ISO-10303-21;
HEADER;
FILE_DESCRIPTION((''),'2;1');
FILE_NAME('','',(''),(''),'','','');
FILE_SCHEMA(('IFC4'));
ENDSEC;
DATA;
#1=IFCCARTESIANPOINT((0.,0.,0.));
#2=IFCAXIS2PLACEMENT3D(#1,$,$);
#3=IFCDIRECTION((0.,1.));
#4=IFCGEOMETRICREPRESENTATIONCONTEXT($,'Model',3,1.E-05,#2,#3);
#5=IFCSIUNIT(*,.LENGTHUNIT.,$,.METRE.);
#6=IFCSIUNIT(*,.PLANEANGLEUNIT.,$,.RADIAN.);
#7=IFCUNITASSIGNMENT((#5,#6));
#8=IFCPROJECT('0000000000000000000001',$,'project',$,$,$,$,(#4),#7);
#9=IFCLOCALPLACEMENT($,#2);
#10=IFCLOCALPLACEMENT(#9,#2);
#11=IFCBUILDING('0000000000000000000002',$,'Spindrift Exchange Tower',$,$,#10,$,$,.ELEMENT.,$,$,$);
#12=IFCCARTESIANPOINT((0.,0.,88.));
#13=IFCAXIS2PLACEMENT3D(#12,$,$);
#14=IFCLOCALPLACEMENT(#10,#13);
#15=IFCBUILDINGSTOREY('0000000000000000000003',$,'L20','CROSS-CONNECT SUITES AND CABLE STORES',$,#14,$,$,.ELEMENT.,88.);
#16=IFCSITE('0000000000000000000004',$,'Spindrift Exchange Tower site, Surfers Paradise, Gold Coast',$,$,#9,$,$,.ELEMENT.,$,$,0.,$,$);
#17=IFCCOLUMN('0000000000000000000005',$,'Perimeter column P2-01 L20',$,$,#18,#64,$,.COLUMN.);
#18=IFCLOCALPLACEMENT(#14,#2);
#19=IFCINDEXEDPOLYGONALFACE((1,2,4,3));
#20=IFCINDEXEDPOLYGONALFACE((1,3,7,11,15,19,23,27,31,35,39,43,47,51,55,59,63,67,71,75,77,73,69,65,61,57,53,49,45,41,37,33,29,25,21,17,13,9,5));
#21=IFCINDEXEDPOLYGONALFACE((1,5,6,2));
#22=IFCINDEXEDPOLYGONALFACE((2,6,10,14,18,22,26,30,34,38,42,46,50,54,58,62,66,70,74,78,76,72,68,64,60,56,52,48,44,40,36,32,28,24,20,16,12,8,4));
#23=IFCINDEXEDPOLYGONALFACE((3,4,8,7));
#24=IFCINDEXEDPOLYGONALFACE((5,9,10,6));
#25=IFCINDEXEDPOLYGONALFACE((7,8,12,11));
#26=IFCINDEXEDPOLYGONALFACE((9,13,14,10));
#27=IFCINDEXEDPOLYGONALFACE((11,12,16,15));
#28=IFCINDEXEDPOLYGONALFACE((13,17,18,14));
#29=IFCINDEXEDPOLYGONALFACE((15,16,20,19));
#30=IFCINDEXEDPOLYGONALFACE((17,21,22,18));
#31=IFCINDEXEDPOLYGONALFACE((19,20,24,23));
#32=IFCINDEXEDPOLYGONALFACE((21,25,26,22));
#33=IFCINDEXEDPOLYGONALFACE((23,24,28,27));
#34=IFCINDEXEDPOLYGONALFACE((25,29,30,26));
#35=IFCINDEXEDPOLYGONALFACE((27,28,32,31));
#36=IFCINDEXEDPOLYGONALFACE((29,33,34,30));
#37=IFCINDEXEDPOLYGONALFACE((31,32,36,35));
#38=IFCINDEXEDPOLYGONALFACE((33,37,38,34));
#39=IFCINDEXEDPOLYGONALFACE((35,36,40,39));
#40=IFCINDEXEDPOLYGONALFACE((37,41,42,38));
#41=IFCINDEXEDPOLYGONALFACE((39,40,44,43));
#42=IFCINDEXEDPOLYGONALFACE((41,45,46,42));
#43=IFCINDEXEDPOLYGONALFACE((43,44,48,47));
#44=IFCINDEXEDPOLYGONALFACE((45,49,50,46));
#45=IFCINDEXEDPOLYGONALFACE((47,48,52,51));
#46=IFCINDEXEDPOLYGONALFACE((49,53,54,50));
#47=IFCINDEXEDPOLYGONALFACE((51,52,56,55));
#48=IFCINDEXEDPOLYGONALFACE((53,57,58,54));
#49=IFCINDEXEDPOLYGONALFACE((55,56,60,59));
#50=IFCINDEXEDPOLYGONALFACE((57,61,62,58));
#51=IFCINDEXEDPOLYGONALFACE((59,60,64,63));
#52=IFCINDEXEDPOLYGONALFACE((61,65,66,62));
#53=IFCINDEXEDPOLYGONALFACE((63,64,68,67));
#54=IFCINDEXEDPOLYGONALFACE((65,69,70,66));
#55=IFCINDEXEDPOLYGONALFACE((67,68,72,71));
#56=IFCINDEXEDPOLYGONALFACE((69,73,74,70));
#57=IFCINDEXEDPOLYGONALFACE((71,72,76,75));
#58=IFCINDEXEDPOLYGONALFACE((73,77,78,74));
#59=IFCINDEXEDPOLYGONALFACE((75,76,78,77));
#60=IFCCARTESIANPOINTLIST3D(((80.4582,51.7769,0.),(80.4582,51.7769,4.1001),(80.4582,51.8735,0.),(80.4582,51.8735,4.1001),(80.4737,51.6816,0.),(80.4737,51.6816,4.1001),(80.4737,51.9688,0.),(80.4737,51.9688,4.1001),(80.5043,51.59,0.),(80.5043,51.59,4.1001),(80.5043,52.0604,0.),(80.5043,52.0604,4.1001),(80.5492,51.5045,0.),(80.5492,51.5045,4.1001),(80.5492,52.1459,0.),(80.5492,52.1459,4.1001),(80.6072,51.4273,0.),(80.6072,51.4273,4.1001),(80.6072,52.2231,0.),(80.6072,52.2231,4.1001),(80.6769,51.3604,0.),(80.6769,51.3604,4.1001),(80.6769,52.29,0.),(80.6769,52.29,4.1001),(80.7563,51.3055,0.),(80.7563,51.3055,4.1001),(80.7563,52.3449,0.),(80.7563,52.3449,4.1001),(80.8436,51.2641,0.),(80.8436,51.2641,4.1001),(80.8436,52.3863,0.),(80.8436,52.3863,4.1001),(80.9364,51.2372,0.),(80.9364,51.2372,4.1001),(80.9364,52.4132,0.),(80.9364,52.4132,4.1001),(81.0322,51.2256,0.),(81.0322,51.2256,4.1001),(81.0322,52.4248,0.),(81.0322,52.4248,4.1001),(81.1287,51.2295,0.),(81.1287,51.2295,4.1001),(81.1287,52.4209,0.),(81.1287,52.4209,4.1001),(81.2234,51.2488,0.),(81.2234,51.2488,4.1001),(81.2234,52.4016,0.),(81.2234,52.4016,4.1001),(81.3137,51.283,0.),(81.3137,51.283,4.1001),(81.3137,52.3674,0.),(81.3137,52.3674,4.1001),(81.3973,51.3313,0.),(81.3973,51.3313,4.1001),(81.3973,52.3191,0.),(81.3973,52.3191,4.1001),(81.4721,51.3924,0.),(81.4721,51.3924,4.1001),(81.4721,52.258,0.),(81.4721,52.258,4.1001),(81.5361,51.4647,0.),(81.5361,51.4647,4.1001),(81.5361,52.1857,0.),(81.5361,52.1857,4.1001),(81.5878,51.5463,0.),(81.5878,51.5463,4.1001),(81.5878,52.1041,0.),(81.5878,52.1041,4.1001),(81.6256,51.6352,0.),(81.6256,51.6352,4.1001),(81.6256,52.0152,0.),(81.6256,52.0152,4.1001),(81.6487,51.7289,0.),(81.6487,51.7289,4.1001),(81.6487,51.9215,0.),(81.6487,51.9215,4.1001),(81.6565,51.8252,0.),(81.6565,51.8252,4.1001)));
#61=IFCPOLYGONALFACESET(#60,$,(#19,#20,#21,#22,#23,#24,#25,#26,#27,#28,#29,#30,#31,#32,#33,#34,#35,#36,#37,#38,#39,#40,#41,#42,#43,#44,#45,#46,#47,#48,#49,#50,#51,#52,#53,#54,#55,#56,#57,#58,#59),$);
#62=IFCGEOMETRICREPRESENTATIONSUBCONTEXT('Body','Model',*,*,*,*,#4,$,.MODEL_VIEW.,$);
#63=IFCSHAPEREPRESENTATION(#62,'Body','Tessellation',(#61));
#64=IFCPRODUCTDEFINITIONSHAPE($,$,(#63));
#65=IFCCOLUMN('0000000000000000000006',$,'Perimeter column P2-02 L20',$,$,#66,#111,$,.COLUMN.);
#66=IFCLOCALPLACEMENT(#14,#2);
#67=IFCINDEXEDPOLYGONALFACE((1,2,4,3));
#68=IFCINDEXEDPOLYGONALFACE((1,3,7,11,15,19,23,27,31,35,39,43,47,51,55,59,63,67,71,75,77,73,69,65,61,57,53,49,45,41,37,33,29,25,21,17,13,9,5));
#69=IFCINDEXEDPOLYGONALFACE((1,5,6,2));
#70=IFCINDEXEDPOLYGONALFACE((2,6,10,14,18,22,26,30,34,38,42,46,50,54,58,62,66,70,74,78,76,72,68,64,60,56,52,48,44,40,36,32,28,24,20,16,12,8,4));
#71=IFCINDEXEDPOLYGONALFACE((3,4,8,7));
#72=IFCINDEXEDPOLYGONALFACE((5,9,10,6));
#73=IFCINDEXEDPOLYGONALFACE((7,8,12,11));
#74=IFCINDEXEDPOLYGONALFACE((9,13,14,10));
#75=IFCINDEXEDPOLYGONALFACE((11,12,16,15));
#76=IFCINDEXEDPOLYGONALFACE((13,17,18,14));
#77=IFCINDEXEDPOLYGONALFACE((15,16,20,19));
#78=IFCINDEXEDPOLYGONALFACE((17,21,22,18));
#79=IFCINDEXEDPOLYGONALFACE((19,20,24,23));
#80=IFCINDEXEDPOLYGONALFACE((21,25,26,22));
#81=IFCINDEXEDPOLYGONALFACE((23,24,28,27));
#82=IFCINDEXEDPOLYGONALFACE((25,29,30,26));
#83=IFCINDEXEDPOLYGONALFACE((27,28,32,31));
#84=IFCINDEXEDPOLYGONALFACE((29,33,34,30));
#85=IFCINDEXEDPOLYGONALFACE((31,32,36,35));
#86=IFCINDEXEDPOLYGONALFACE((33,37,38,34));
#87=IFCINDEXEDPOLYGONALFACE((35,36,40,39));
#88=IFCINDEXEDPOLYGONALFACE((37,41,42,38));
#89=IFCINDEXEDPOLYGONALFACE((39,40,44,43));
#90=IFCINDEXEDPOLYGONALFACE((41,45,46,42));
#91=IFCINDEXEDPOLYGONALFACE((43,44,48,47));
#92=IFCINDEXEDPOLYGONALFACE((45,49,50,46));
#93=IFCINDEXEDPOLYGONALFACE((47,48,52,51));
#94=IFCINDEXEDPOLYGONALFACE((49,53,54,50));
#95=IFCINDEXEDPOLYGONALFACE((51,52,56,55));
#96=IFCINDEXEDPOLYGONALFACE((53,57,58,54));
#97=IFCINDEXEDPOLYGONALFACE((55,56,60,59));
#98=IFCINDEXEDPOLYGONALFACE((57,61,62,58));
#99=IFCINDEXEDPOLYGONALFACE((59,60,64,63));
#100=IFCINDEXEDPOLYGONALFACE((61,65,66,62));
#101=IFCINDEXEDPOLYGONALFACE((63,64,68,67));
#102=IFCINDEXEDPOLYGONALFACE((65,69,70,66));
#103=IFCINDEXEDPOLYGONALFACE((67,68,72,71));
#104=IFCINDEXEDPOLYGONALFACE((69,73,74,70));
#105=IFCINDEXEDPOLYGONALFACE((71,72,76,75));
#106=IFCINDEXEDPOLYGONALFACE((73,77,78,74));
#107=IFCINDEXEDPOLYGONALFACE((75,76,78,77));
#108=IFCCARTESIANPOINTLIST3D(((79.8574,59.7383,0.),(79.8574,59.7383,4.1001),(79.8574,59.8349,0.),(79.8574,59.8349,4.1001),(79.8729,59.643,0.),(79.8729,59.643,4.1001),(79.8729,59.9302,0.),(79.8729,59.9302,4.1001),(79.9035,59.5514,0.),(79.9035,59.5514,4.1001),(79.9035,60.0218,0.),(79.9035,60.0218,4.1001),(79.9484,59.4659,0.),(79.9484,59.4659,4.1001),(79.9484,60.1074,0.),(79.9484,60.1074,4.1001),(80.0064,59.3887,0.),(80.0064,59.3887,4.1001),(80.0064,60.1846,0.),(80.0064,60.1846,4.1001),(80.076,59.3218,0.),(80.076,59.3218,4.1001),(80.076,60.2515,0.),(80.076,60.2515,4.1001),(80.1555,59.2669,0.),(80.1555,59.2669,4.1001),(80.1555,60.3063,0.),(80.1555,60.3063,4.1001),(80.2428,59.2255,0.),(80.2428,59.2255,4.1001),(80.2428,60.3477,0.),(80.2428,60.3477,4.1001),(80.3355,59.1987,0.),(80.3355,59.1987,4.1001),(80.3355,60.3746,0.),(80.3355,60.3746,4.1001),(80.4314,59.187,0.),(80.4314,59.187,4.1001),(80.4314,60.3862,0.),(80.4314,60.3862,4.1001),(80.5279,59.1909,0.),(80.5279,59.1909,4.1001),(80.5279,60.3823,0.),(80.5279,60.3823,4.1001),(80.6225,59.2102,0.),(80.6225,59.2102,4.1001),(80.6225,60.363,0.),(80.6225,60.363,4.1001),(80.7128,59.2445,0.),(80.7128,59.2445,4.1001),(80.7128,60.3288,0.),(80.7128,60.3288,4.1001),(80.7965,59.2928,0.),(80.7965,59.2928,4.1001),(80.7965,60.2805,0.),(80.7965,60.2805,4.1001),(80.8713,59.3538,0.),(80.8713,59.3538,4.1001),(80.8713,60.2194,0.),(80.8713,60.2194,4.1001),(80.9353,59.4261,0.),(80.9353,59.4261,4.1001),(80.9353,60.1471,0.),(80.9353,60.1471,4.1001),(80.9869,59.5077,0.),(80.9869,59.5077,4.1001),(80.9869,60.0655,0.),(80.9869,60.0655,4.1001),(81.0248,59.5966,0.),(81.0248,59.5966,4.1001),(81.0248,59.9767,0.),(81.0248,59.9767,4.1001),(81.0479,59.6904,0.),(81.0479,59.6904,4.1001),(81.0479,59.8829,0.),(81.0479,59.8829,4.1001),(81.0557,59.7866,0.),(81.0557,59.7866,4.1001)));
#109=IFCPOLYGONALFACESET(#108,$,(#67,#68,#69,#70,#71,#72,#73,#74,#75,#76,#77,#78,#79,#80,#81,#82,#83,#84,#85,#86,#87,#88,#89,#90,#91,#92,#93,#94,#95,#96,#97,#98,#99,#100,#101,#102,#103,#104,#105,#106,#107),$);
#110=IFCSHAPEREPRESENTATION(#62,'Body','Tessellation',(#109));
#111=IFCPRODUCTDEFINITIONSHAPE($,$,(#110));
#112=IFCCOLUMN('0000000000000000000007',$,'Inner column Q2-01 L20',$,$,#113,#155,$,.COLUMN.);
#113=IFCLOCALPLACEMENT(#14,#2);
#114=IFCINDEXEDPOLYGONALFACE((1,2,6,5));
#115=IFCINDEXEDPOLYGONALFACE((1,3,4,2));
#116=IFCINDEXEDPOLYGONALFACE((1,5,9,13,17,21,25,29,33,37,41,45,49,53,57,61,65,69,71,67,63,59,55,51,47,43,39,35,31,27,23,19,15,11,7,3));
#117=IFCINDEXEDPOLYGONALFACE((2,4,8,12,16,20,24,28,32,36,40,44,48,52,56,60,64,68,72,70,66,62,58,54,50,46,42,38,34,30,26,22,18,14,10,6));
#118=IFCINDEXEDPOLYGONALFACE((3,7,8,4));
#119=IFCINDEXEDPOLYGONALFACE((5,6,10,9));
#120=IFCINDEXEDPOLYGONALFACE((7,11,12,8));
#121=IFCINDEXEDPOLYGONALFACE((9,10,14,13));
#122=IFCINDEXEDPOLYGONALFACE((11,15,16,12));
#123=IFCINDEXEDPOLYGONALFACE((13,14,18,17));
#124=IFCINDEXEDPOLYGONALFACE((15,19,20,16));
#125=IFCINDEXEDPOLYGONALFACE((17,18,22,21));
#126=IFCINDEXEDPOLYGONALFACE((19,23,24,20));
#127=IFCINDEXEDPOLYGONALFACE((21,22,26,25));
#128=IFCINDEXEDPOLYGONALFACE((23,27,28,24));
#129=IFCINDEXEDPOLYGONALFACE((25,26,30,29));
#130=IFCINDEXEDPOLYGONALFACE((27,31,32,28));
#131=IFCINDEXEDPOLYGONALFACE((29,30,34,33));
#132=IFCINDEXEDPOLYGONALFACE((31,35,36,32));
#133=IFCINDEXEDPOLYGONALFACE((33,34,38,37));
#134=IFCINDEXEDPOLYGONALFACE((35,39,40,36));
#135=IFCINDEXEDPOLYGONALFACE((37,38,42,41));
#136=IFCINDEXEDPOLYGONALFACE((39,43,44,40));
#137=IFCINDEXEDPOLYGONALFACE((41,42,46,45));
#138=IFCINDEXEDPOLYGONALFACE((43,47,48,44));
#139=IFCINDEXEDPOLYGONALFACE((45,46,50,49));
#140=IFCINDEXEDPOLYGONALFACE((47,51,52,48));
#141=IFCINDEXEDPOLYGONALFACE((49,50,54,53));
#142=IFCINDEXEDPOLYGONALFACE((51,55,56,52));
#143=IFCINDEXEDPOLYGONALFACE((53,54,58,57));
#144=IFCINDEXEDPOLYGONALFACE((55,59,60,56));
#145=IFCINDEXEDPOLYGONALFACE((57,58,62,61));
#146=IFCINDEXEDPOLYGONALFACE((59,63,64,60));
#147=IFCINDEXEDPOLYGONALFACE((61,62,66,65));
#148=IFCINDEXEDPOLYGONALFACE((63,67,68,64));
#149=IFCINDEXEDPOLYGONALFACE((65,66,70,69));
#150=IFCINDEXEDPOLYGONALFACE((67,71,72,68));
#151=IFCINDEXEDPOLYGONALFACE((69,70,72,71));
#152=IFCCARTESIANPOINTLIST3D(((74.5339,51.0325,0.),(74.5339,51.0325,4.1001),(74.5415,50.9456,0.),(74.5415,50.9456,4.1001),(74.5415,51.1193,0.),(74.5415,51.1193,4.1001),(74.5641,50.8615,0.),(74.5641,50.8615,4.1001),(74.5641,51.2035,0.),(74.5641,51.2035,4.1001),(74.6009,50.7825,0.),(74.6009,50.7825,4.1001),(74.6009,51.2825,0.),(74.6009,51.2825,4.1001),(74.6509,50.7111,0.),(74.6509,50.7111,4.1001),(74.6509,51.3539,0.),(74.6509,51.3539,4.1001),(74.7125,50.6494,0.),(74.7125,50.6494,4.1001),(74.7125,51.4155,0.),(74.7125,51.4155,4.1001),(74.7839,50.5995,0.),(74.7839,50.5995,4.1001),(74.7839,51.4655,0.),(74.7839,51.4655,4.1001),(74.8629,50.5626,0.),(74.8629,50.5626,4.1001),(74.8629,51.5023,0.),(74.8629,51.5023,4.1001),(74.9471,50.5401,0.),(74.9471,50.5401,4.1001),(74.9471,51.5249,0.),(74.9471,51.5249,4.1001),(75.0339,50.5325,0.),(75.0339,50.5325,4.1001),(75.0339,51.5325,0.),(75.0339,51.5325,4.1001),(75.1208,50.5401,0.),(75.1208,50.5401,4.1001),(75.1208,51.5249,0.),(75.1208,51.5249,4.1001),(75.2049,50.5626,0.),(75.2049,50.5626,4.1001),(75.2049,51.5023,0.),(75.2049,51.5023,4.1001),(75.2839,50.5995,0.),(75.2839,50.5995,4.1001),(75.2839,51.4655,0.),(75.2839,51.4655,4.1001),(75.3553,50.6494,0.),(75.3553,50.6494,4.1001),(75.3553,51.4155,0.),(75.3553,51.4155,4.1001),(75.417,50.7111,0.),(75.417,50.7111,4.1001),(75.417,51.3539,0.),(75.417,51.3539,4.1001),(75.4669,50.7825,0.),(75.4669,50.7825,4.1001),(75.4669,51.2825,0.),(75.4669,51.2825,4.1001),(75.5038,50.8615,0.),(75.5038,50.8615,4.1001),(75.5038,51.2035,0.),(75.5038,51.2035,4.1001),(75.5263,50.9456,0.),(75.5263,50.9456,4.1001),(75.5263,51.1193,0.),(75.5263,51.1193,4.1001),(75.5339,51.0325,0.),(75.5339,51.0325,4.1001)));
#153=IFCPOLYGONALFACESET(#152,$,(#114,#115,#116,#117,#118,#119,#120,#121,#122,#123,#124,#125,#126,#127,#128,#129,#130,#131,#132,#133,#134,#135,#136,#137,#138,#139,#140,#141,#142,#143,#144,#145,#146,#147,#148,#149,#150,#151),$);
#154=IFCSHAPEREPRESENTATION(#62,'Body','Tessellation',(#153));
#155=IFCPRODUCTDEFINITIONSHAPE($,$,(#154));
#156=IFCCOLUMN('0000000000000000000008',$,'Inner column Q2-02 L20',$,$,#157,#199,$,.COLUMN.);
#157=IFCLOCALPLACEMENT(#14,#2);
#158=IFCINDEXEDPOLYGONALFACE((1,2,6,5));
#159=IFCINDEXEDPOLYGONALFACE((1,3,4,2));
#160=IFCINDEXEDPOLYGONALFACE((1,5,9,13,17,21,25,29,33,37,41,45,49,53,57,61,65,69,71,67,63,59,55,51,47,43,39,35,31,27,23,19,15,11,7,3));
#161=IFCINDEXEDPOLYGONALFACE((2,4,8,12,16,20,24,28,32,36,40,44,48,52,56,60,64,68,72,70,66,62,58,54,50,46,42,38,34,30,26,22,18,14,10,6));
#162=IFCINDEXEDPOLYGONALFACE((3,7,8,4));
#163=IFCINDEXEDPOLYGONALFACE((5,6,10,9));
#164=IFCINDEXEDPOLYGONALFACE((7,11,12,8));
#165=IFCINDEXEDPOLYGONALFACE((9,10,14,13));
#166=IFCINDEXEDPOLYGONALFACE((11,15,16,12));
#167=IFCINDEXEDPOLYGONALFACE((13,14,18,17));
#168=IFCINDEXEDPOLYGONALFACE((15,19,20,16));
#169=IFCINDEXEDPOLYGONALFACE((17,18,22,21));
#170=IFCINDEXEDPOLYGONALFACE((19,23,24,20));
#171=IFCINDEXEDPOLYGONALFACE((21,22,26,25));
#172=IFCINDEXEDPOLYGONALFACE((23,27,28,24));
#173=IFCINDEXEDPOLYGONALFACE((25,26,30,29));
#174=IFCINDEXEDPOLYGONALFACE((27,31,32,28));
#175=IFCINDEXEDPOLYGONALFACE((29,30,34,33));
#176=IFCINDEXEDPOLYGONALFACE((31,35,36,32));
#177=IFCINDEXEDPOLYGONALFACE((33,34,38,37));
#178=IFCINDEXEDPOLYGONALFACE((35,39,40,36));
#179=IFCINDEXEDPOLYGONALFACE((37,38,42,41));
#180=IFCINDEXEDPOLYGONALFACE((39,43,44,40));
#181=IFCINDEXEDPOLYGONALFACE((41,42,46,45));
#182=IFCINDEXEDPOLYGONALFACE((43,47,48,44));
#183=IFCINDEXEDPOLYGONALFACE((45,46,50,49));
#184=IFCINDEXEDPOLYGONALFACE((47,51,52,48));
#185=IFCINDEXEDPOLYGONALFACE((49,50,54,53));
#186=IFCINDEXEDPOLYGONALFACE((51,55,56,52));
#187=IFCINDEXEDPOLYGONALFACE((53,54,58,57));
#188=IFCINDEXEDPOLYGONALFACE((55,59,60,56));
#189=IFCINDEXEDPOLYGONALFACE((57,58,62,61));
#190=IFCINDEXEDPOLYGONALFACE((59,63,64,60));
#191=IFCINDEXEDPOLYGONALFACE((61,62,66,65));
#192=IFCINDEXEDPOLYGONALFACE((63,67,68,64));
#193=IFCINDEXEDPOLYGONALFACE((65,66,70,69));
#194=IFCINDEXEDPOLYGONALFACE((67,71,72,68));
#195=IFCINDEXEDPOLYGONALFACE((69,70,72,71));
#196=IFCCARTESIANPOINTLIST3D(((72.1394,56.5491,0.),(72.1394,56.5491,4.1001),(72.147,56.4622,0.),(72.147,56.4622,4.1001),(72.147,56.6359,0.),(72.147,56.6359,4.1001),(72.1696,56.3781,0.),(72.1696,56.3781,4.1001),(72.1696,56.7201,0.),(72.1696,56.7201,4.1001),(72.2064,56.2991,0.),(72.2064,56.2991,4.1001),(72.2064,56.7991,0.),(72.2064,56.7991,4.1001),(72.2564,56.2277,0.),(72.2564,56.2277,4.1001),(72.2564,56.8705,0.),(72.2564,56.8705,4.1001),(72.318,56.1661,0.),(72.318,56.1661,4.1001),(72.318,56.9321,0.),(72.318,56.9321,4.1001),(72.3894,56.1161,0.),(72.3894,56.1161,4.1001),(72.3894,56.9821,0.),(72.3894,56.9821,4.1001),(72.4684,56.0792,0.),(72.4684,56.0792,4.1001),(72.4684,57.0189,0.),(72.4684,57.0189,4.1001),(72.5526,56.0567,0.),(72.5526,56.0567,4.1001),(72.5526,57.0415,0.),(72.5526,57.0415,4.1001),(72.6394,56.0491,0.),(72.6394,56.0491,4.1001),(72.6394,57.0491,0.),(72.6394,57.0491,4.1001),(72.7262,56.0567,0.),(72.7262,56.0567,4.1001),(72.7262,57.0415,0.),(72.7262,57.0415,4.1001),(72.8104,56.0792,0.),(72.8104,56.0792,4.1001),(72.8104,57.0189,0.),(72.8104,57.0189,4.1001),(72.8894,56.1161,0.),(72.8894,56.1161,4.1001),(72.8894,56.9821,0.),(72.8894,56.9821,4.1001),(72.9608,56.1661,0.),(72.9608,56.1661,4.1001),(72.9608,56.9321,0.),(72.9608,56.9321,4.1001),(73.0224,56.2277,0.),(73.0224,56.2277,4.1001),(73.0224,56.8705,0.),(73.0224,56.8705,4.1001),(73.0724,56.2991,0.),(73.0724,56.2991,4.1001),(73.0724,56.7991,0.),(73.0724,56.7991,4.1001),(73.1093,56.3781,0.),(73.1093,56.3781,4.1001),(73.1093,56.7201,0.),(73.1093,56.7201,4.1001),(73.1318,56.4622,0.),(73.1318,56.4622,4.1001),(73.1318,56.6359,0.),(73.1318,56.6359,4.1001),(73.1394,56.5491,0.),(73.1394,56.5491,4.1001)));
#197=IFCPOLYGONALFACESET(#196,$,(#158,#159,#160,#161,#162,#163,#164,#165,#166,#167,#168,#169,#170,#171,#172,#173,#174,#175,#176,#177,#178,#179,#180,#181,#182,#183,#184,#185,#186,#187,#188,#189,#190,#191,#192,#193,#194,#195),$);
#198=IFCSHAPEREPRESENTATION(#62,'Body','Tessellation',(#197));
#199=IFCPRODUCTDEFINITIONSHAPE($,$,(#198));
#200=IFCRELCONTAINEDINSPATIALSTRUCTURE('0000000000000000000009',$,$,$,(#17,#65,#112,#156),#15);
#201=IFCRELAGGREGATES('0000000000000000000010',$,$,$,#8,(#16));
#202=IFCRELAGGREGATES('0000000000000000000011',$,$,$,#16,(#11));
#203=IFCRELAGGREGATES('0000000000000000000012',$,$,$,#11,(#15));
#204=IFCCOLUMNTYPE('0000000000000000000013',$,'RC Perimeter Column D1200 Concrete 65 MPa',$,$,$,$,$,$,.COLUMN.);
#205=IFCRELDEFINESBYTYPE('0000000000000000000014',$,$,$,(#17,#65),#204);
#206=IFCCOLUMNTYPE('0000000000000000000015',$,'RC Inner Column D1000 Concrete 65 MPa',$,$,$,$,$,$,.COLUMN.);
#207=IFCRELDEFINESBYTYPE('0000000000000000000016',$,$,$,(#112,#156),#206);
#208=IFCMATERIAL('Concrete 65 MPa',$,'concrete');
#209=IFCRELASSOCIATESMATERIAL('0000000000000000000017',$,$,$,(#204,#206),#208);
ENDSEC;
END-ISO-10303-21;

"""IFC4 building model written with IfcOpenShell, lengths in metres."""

from ifc_helpers import new_model, si_unit, direction, frame, origin, origin_2d, place, context, subcontext, project, spatial, circle, extrude, source, transform, mapped, material, material_profile, profile_set, type_object, element, save


model = new_model("IFC4")

# Units and contexts
model_context = context("Model", 3, precision=1e-05, world=origin(), true_north=direction((0.0, 1.0)))
body_context = subcontext(model_context, "Body", "Model", "MODEL_VIEW")
ifc_project = project(units=[si_unit("LENGTHUNIT", "METRE"), si_unit("PLANEANGLEUNIT", "RADIAN")], contexts=[model_context])

# Site, building, storey
site_placement = place(None, origin())
site = spatial("IfcSite", under=ifc_project, at=site_placement, Name="Spindrift Exchange Tower site, Surfers Paradise, Gold Coast", CompositionType="ELEMENT", RefElevation=0.0)
building_placement = place(site_placement, origin())
building = spatial("IfcBuilding", under=site, at=building_placement, Name="Spindrift Exchange Tower", CompositionType="ELEMENT")
storey_placement = place(building_placement, frame((0.0, 0.0, 88.0)))
storey = spatial("IfcBuildingStorey", under=building, at=storey_placement, Name="L20", Description="CROSS-CONNECT SUITES AND CABLE STORES", CompositionType="ELEMENT", Elevation=88.0)

# Columns
ifc_material_1 = material(Name="Concrete 65 MPa", Category="concrete")
ifc_material_profile_1 = material_profile(ifc_material_1, circle(Radius=0.6001, at=origin_2d()), Name="RC D1200")
ifc_profile_set_1 = profile_set([ifc_material_profile_1], Name="Concrete 65 MPa")
column_type_1 = type_object("IfcColumnType", Name="RC Perimeter Column D1200 Concrete 65 MPa", PredefinedType="COLUMN", material=ifc_profile_set_1)
shared_shape_1 = source(origin(), body_context, "Body", "SweptSolid", [
    extrude(circle(Radius=0.6001, at=origin_2d()), origin(), (0.0, 0.0, 1.0), 4.1001),
])
for number, where, z_axis, x_axis, name in (
    (1, (81.0564, 51.8252, 0.0), (0.0, 0.0, 1.0), (1.0, 0.0, 0.0), "Perimeter column P2-01 L20"),
    (2, (80.4556, 59.7866, 0.0), (0.0, 0.0, 1.0), (1.0, 0.0, 0.0), "Perimeter column P2-02 L20"),
):
    element("IfcColumn", number, at=place(storey_placement, frame(where, z_axis=z_axis, x_axis=x_axis)), inside=storey, type_object=column_type_1, Name=name, PredefinedType="COLUMN", context=body_context, shape_type="MappedRepresentation", body=[
        mapped(shared_shape_1, transform((0.0, 0.0, 0.0), scale=1.0)),
    ])
ifc_material_profile_2 = material_profile(ifc_material_1, circle(Radius=0.5, at=origin_2d()), Name="RC D1000")
ifc_profile_set_2 = profile_set([ifc_material_profile_2], Name="Concrete 65 MPa")
column_type_2 = type_object("IfcColumnType", Name="RC Inner Column D1000 Concrete 65 MPa", PredefinedType="COLUMN", material=ifc_profile_set_2)
shared_shape_2 = source(origin(), body_context, "Body", "SweptSolid", [
    extrude(circle(Radius=0.5, at=origin_2d()), origin(), (0.0, 0.0, 1.0), 4.1001),
])
for number, where, z_axis, x_axis, name in (
    (3, (75.0339, 51.0325, 0.0), (0.0, 0.0, 1.0), (1.0, 0.0, 0.0), "Inner column Q2-01 L20"),
    (4, (72.6394, 56.5491, 0.0), (0.0, 0.0, 1.0), (1.0, 0.0, 0.0), "Inner column Q2-02 L20"),
):
    element("IfcColumn", number, at=place(storey_placement, frame(where, z_axis=z_axis, x_axis=x_axis)), inside=storey, type_object=column_type_2, Name=name, PredefinedType="COLUMN", context=body_context, shape_type="MappedRepresentation", body=[
        mapped(shared_shape_2, transform((0.0, 0.0, 0.0), scale=1.0)),
    ])

save(model, "model.ifc")
